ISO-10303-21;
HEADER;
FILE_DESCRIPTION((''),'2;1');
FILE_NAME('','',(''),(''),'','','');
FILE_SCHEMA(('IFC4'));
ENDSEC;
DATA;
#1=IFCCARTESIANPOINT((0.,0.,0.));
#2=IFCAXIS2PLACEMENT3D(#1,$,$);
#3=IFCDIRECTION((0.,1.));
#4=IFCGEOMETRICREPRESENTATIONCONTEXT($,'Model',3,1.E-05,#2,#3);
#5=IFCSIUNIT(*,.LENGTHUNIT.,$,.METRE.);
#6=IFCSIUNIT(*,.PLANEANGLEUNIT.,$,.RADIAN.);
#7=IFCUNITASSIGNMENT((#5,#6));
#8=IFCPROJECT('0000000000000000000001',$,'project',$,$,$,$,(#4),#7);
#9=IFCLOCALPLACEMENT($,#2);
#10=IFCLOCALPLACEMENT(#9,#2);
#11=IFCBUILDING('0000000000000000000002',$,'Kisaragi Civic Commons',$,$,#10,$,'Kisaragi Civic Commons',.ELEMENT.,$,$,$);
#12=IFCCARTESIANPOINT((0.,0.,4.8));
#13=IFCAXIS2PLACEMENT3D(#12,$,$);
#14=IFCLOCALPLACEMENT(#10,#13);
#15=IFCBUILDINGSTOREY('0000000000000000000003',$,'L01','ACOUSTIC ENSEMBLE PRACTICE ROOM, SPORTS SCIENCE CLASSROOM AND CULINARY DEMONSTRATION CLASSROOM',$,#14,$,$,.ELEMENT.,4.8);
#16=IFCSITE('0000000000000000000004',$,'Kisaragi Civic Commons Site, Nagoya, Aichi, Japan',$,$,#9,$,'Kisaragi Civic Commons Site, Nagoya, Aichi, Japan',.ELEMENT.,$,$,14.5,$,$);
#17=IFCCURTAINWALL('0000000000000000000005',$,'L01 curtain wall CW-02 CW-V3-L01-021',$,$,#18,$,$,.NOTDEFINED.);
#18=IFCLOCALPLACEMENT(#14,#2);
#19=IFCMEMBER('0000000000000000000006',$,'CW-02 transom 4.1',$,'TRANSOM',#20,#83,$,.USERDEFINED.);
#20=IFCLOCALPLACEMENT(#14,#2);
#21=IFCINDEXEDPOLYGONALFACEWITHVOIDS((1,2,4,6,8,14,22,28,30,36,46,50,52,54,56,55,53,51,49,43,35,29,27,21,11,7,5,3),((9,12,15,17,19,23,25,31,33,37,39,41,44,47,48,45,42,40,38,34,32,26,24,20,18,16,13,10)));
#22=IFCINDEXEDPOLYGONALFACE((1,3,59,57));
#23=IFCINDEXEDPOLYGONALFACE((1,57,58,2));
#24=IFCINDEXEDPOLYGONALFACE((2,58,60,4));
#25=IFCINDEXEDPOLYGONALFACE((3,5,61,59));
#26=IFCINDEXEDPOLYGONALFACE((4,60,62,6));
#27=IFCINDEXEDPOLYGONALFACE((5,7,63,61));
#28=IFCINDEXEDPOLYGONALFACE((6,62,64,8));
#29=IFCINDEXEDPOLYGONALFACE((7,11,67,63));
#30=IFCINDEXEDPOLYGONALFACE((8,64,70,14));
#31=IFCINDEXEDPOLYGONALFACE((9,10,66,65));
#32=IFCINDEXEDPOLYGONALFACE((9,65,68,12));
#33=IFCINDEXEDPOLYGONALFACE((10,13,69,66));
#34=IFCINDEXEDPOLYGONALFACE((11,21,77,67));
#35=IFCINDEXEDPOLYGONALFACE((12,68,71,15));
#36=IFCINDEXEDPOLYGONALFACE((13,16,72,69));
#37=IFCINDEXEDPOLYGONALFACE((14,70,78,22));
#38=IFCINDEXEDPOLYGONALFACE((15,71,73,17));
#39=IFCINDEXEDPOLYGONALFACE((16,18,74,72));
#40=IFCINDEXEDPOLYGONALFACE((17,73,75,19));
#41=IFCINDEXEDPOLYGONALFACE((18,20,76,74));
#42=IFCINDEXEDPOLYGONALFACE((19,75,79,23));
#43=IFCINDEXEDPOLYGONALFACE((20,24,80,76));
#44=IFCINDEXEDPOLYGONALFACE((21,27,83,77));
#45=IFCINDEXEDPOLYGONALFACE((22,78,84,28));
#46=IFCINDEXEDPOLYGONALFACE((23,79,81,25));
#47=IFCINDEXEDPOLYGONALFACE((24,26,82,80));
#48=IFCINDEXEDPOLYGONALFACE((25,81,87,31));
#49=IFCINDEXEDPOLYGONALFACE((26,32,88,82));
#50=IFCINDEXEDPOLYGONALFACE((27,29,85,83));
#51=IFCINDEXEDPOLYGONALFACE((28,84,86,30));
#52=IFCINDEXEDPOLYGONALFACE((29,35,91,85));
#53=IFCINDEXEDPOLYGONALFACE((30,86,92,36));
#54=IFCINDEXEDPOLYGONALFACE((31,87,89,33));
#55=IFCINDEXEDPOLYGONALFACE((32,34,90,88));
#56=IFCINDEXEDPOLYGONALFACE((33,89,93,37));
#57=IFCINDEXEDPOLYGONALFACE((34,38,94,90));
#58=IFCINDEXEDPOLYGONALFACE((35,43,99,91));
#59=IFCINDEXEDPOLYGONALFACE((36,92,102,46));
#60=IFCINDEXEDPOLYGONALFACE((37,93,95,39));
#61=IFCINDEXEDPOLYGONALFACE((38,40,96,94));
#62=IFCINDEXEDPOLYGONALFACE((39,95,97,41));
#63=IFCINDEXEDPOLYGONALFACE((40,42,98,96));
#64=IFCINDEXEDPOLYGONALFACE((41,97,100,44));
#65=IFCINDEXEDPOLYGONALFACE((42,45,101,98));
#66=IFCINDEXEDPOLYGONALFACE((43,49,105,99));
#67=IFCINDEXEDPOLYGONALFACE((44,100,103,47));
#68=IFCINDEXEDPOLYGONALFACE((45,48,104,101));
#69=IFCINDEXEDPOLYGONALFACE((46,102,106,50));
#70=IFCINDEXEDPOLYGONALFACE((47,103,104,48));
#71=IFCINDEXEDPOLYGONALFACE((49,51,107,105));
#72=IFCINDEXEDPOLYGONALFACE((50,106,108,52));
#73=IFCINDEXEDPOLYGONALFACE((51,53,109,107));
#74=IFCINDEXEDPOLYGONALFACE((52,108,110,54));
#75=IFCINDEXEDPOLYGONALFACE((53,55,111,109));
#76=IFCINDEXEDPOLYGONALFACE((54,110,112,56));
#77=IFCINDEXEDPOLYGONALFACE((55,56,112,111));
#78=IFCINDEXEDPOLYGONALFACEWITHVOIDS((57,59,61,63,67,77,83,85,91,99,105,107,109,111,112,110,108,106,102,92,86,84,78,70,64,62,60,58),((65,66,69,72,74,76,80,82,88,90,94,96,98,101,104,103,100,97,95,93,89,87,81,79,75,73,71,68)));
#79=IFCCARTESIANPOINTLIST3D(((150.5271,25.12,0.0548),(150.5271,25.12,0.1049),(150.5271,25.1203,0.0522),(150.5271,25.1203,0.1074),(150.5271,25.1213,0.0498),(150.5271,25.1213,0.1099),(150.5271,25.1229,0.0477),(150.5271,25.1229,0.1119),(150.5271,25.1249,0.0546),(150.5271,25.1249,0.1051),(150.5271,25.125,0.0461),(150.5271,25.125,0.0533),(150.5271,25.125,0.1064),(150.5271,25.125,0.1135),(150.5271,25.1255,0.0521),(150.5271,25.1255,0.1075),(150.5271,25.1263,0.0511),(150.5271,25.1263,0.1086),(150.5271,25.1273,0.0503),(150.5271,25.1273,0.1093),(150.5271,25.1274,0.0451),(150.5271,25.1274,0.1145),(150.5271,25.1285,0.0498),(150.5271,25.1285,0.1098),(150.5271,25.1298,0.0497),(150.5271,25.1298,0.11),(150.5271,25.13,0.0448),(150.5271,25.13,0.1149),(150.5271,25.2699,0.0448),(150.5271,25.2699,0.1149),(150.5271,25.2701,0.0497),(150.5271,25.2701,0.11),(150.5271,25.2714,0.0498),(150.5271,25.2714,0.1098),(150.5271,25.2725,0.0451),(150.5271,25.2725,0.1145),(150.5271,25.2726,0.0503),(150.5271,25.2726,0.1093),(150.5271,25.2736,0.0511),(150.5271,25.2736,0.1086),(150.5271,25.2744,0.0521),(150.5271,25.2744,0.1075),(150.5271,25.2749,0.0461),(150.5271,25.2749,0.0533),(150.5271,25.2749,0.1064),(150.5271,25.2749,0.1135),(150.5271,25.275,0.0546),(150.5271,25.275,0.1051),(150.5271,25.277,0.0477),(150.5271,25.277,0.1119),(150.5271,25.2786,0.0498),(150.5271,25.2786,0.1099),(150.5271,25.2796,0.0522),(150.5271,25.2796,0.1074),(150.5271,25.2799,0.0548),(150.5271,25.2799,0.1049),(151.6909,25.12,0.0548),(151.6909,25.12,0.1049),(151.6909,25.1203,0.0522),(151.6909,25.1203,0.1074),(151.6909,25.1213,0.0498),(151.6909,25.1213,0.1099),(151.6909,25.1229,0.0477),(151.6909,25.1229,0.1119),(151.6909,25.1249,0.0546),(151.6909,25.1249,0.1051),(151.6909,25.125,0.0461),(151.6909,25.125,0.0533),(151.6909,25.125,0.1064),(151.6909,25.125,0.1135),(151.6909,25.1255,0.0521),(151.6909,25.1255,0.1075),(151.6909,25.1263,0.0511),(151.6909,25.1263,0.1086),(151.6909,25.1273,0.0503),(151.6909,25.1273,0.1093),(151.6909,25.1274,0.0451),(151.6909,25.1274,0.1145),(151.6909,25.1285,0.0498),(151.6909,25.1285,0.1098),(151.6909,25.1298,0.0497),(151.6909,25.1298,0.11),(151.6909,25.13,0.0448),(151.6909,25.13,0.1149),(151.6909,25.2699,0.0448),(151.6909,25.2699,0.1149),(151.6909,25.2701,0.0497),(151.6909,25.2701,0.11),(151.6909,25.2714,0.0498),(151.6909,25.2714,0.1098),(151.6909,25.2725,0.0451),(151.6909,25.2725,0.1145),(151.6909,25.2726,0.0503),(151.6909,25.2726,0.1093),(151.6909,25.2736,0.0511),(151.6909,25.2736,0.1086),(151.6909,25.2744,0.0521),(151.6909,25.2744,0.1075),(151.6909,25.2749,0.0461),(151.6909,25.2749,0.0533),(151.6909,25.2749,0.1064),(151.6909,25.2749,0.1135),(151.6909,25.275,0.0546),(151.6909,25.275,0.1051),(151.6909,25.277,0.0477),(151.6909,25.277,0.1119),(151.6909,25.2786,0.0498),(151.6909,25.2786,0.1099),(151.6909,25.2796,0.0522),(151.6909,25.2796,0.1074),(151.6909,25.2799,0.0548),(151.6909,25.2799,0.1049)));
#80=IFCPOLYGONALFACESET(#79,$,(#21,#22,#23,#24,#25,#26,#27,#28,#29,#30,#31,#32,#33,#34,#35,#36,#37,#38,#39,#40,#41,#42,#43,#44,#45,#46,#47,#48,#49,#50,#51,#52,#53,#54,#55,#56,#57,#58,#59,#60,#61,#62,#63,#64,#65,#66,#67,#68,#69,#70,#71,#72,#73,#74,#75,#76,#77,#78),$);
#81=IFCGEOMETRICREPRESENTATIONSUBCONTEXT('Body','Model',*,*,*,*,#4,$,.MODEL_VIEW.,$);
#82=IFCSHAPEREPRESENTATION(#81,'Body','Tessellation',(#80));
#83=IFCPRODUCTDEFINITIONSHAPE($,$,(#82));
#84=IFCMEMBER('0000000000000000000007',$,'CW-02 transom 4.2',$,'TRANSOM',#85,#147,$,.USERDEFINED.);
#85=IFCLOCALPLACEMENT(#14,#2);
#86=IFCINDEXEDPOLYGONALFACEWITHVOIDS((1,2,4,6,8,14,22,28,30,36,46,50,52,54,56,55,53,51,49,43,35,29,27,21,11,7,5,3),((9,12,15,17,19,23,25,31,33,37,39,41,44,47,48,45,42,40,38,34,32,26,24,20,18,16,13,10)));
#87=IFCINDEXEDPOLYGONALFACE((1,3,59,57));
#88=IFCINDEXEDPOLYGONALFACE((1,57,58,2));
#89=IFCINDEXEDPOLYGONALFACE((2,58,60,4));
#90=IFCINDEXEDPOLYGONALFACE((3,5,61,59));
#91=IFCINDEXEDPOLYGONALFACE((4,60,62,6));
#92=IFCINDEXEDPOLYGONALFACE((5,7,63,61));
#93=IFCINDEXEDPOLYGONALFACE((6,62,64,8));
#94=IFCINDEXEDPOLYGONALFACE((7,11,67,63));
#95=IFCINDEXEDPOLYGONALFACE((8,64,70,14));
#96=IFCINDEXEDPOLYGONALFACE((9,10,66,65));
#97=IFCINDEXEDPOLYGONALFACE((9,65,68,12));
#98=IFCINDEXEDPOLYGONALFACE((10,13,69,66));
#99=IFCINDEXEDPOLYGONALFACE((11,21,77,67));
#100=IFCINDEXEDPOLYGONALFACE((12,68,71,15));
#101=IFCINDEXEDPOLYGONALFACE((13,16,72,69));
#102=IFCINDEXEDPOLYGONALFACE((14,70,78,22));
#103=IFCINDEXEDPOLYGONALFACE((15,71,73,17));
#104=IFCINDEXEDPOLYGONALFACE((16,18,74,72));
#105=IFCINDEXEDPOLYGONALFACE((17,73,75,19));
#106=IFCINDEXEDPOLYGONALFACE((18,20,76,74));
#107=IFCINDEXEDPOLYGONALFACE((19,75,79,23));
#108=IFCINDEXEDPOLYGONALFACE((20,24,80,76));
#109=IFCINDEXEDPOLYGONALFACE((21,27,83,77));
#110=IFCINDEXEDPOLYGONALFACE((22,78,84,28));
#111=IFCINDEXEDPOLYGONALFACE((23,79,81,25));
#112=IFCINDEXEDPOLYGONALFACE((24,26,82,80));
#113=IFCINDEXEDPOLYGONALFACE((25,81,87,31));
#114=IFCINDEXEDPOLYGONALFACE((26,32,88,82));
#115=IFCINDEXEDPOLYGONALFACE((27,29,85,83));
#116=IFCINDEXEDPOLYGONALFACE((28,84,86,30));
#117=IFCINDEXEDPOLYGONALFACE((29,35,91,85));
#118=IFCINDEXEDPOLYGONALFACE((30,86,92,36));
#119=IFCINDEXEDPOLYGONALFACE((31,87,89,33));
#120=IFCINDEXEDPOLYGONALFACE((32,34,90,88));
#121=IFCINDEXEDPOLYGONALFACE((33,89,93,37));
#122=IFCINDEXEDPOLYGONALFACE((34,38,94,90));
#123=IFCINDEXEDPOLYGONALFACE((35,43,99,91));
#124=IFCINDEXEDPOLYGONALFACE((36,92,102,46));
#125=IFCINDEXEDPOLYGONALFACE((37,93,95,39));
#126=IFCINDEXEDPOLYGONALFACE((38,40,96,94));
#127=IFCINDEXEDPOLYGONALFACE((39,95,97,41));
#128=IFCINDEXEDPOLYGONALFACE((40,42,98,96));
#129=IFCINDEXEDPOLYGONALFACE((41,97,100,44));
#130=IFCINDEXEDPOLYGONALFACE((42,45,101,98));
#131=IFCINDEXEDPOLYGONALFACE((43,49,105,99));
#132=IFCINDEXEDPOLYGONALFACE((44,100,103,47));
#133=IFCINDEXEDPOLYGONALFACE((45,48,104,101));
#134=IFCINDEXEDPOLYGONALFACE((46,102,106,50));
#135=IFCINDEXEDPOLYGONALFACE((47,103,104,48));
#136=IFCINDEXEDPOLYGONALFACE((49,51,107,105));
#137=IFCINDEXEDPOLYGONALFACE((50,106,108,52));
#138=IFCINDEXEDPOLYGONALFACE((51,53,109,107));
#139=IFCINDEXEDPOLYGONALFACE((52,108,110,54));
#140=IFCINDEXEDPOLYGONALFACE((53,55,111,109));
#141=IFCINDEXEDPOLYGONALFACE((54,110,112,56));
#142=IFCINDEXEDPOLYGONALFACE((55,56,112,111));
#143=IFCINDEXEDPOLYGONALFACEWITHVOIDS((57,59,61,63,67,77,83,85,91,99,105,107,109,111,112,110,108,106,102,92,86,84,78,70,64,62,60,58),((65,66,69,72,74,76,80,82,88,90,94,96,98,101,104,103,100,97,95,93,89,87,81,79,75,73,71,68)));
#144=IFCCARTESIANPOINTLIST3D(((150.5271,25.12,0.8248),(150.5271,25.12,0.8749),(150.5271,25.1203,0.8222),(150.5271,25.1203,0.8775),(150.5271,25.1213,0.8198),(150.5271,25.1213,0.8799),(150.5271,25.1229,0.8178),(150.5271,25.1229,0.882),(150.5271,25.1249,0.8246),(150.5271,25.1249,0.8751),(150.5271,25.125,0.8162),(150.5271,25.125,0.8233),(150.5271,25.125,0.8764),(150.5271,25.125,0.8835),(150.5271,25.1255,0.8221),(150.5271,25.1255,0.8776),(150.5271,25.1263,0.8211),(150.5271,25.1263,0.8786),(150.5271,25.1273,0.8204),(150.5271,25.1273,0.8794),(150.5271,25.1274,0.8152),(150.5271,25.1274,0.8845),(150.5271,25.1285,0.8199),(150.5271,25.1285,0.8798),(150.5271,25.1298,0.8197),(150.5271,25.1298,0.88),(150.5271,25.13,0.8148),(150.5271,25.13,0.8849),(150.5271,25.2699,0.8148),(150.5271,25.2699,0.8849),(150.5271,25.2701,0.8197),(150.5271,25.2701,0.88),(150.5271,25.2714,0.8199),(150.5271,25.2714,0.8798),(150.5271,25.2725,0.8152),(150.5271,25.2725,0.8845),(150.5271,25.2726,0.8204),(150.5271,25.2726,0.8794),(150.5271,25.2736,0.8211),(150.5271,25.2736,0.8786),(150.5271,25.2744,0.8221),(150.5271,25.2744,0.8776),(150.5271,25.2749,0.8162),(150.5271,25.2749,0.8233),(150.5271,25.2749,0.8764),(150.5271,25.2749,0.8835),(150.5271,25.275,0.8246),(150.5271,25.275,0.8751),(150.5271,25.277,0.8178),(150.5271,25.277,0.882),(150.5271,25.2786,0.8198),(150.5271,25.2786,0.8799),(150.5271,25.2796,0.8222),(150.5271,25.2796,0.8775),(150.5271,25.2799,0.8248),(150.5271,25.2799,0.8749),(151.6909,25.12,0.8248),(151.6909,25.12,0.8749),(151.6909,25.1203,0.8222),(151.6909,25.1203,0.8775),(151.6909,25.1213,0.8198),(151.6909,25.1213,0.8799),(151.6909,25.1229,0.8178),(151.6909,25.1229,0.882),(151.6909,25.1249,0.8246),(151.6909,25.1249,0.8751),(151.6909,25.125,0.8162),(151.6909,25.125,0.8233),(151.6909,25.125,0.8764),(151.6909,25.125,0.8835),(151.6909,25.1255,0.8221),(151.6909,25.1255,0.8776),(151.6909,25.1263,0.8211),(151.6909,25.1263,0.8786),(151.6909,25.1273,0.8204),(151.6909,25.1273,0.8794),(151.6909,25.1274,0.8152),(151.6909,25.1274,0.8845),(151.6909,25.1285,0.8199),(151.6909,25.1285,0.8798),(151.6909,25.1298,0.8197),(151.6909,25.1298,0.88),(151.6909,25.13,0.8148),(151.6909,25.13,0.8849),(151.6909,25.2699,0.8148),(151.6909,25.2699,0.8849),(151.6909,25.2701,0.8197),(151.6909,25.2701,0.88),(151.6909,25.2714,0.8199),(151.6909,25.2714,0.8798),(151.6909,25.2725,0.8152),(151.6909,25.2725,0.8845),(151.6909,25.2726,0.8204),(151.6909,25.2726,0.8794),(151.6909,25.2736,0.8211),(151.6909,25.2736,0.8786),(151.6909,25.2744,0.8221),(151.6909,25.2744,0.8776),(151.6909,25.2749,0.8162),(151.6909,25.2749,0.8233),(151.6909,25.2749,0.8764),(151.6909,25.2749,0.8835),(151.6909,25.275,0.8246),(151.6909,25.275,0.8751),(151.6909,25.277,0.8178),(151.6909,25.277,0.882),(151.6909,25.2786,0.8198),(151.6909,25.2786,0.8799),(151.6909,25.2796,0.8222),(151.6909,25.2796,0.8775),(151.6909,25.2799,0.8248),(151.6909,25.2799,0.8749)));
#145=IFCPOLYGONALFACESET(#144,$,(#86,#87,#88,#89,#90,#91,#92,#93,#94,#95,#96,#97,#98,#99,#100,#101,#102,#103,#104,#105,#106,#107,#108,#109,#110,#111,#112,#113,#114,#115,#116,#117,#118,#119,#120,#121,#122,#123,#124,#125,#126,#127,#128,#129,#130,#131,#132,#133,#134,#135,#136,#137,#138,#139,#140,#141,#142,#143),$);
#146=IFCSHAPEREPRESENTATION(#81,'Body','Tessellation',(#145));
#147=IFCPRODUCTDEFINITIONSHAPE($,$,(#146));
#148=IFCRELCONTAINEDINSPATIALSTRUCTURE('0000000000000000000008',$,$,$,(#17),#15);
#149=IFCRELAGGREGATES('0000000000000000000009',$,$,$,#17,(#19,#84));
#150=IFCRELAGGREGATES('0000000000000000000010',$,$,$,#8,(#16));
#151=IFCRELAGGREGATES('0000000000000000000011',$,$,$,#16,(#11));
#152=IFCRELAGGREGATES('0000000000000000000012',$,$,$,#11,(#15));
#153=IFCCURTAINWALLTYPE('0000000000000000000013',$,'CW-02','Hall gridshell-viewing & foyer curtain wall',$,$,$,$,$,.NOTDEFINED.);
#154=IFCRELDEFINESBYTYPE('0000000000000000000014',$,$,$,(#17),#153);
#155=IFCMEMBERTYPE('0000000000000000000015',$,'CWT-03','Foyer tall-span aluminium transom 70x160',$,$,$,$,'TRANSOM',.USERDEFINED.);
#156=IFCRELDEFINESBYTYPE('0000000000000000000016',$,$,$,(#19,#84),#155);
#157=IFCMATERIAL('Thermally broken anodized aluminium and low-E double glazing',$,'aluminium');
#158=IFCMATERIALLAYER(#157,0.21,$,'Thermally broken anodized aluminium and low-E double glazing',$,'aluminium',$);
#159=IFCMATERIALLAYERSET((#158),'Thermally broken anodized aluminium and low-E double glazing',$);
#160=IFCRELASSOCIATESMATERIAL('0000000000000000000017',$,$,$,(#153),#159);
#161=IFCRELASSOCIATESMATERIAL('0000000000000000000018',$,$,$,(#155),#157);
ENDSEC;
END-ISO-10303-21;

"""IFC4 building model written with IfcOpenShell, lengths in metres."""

from ifc_helpers import new_model, si_unit, direction, frame, origin, origin_2d, place, context, subcontext, project, spatial, hollow_rectangle, extrude, material, layer, layer_set, material_profile, profile_set, type_object, element, aggregate, save


model = new_model("IFC4")

# Units and contexts
model_context = context("Model", 3, precision=1e-05, world=origin(), true_north=direction((0.0, 1.0)))
body_context = subcontext(model_context, "Body", "Model", "MODEL_VIEW")
ifc_project = project(units=[si_unit("LENGTHUNIT", "METRE"), si_unit("PLANEANGLEUNIT", "RADIAN")], contexts=[model_context])

# Site, building, storey
site_placement = place(None, origin())
site = spatial("IfcSite", under=ifc_project, at=site_placement, Name="Kisaragi Civic Commons Site, Nagoya, Aichi, Japan", LongName="Kisaragi Civic Commons Site, Nagoya, Aichi, Japan", CompositionType="ELEMENT", RefElevation=14.5)
building_placement = place(site_placement, origin())
building = spatial("IfcBuilding", under=site, at=building_placement, Name="Kisaragi Civic Commons", LongName="Kisaragi Civic Commons", CompositionType="ELEMENT")
storey_placement = place(building_placement, frame((0.0, 0.0, 4.8)))
storey = spatial("IfcBuildingStorey", under=building, at=storey_placement, Name="L01", Description="ACOUSTIC ENSEMBLE PRACTICE ROOM, SPORTS SCIENCE CLASSROOM AND CULINARY DEMONSTRATION CLASSROOM", CompositionType="ELEMENT", Elevation=4.8)

# Curtain wall
ifc_material_1 = material(Name="Thermally broken anodized aluminium and low-E double glazing", Category="aluminium")
ifc_layer_1 = layer(ifc_material_1, 0.21, Name="Thermally broken anodized aluminium and low-E double glazing", Category="aluminium")
ifc_layer_set_1 = layer_set([ifc_layer_1], Name="Thermally broken anodized aluminium and low-E double glazing")
curtain_wall_type = type_object("IfcCurtainWallType", Name="CW-02", Description="Hall gridshell-viewing & foyer curtain wall", PredefinedType="NOTDEFINED", material=ifc_layer_set_1)
curtain_wall_1_placement = place(storey_placement, origin())
curtain_wall_1 = element("IfcCurtainWall", 1, at=curtain_wall_1_placement, inside=storey, type_object=curtain_wall_type, Name="L01 curtain wall CW-02 CW-V3-L01-021", PredefinedType="NOTDEFINED")

# Members
ifc_material_profile_1 = material_profile(ifc_material_1, hollow_rectangle(XDim=0.1599, YDim=0.0701, WallThickness=0.0049, InnerFilletRadius=0.0049, OuterFilletRadius=0.01, at=origin_2d()), Name="CWT-70x160x5", Category="aluminium")
ifc_profile_set_1 = profile_set([ifc_material_profile_1], Name="Thermally broken anodized aluminium and low-E double glazing")
member_type_1 = type_object("IfcMemberType", Name="CWT-03", Description="Foyer tall-span aluminium transom 70x160", ElementType="TRANSOM", PredefinedType="USERDEFINED", material=ifc_profile_set_1)
member_1_placement = place(storey_placement, frame((150.5271, 25.2, 0.0798), z_axis=(1.0, 0.0, 0.0), x_axis=(0.0, 1.0, 0.0)))
member_1 = element("IfcMember", 2, at=member_1_placement, type_object=member_type_1, Name="CW-02 transom 4.1", ObjectType="TRANSOM", PredefinedType="USERDEFINED", context=body_context, shape_type="SweptSolid", body=[
    extrude(hollow_rectangle(XDim=0.1599, YDim=0.0701, WallThickness=0.0049, InnerFilletRadius=0.0049, OuterFilletRadius=0.01, at=origin_2d()), origin(), (0.0, 0.0, 1.0), 1.1638),
])
member_2_placement = place(storey_placement, frame((150.5271, 25.2, 0.8499), z_axis=(1.0, 0.0, 0.0), x_axis=(0.0, 1.0, 0.0)))
member_2 = element("IfcMember", 3, at=member_2_placement, type_object=member_type_1, Name="CW-02 transom 4.2", ObjectType="TRANSOM", PredefinedType="USERDEFINED", context=body_context, shape_type="SweptSolid", body=[
    extrude(hollow_rectangle(XDim=0.1599, YDim=0.0701, WallThickness=0.0049, InnerFilletRadius=0.0049, OuterFilletRadius=0.01, at=origin_2d()), origin(), (0.0, 0.0, 1.0), 1.1638),
])

aggregate(curtain_wall_1, [member_1, member_2])

save(model, "model.ifc")
